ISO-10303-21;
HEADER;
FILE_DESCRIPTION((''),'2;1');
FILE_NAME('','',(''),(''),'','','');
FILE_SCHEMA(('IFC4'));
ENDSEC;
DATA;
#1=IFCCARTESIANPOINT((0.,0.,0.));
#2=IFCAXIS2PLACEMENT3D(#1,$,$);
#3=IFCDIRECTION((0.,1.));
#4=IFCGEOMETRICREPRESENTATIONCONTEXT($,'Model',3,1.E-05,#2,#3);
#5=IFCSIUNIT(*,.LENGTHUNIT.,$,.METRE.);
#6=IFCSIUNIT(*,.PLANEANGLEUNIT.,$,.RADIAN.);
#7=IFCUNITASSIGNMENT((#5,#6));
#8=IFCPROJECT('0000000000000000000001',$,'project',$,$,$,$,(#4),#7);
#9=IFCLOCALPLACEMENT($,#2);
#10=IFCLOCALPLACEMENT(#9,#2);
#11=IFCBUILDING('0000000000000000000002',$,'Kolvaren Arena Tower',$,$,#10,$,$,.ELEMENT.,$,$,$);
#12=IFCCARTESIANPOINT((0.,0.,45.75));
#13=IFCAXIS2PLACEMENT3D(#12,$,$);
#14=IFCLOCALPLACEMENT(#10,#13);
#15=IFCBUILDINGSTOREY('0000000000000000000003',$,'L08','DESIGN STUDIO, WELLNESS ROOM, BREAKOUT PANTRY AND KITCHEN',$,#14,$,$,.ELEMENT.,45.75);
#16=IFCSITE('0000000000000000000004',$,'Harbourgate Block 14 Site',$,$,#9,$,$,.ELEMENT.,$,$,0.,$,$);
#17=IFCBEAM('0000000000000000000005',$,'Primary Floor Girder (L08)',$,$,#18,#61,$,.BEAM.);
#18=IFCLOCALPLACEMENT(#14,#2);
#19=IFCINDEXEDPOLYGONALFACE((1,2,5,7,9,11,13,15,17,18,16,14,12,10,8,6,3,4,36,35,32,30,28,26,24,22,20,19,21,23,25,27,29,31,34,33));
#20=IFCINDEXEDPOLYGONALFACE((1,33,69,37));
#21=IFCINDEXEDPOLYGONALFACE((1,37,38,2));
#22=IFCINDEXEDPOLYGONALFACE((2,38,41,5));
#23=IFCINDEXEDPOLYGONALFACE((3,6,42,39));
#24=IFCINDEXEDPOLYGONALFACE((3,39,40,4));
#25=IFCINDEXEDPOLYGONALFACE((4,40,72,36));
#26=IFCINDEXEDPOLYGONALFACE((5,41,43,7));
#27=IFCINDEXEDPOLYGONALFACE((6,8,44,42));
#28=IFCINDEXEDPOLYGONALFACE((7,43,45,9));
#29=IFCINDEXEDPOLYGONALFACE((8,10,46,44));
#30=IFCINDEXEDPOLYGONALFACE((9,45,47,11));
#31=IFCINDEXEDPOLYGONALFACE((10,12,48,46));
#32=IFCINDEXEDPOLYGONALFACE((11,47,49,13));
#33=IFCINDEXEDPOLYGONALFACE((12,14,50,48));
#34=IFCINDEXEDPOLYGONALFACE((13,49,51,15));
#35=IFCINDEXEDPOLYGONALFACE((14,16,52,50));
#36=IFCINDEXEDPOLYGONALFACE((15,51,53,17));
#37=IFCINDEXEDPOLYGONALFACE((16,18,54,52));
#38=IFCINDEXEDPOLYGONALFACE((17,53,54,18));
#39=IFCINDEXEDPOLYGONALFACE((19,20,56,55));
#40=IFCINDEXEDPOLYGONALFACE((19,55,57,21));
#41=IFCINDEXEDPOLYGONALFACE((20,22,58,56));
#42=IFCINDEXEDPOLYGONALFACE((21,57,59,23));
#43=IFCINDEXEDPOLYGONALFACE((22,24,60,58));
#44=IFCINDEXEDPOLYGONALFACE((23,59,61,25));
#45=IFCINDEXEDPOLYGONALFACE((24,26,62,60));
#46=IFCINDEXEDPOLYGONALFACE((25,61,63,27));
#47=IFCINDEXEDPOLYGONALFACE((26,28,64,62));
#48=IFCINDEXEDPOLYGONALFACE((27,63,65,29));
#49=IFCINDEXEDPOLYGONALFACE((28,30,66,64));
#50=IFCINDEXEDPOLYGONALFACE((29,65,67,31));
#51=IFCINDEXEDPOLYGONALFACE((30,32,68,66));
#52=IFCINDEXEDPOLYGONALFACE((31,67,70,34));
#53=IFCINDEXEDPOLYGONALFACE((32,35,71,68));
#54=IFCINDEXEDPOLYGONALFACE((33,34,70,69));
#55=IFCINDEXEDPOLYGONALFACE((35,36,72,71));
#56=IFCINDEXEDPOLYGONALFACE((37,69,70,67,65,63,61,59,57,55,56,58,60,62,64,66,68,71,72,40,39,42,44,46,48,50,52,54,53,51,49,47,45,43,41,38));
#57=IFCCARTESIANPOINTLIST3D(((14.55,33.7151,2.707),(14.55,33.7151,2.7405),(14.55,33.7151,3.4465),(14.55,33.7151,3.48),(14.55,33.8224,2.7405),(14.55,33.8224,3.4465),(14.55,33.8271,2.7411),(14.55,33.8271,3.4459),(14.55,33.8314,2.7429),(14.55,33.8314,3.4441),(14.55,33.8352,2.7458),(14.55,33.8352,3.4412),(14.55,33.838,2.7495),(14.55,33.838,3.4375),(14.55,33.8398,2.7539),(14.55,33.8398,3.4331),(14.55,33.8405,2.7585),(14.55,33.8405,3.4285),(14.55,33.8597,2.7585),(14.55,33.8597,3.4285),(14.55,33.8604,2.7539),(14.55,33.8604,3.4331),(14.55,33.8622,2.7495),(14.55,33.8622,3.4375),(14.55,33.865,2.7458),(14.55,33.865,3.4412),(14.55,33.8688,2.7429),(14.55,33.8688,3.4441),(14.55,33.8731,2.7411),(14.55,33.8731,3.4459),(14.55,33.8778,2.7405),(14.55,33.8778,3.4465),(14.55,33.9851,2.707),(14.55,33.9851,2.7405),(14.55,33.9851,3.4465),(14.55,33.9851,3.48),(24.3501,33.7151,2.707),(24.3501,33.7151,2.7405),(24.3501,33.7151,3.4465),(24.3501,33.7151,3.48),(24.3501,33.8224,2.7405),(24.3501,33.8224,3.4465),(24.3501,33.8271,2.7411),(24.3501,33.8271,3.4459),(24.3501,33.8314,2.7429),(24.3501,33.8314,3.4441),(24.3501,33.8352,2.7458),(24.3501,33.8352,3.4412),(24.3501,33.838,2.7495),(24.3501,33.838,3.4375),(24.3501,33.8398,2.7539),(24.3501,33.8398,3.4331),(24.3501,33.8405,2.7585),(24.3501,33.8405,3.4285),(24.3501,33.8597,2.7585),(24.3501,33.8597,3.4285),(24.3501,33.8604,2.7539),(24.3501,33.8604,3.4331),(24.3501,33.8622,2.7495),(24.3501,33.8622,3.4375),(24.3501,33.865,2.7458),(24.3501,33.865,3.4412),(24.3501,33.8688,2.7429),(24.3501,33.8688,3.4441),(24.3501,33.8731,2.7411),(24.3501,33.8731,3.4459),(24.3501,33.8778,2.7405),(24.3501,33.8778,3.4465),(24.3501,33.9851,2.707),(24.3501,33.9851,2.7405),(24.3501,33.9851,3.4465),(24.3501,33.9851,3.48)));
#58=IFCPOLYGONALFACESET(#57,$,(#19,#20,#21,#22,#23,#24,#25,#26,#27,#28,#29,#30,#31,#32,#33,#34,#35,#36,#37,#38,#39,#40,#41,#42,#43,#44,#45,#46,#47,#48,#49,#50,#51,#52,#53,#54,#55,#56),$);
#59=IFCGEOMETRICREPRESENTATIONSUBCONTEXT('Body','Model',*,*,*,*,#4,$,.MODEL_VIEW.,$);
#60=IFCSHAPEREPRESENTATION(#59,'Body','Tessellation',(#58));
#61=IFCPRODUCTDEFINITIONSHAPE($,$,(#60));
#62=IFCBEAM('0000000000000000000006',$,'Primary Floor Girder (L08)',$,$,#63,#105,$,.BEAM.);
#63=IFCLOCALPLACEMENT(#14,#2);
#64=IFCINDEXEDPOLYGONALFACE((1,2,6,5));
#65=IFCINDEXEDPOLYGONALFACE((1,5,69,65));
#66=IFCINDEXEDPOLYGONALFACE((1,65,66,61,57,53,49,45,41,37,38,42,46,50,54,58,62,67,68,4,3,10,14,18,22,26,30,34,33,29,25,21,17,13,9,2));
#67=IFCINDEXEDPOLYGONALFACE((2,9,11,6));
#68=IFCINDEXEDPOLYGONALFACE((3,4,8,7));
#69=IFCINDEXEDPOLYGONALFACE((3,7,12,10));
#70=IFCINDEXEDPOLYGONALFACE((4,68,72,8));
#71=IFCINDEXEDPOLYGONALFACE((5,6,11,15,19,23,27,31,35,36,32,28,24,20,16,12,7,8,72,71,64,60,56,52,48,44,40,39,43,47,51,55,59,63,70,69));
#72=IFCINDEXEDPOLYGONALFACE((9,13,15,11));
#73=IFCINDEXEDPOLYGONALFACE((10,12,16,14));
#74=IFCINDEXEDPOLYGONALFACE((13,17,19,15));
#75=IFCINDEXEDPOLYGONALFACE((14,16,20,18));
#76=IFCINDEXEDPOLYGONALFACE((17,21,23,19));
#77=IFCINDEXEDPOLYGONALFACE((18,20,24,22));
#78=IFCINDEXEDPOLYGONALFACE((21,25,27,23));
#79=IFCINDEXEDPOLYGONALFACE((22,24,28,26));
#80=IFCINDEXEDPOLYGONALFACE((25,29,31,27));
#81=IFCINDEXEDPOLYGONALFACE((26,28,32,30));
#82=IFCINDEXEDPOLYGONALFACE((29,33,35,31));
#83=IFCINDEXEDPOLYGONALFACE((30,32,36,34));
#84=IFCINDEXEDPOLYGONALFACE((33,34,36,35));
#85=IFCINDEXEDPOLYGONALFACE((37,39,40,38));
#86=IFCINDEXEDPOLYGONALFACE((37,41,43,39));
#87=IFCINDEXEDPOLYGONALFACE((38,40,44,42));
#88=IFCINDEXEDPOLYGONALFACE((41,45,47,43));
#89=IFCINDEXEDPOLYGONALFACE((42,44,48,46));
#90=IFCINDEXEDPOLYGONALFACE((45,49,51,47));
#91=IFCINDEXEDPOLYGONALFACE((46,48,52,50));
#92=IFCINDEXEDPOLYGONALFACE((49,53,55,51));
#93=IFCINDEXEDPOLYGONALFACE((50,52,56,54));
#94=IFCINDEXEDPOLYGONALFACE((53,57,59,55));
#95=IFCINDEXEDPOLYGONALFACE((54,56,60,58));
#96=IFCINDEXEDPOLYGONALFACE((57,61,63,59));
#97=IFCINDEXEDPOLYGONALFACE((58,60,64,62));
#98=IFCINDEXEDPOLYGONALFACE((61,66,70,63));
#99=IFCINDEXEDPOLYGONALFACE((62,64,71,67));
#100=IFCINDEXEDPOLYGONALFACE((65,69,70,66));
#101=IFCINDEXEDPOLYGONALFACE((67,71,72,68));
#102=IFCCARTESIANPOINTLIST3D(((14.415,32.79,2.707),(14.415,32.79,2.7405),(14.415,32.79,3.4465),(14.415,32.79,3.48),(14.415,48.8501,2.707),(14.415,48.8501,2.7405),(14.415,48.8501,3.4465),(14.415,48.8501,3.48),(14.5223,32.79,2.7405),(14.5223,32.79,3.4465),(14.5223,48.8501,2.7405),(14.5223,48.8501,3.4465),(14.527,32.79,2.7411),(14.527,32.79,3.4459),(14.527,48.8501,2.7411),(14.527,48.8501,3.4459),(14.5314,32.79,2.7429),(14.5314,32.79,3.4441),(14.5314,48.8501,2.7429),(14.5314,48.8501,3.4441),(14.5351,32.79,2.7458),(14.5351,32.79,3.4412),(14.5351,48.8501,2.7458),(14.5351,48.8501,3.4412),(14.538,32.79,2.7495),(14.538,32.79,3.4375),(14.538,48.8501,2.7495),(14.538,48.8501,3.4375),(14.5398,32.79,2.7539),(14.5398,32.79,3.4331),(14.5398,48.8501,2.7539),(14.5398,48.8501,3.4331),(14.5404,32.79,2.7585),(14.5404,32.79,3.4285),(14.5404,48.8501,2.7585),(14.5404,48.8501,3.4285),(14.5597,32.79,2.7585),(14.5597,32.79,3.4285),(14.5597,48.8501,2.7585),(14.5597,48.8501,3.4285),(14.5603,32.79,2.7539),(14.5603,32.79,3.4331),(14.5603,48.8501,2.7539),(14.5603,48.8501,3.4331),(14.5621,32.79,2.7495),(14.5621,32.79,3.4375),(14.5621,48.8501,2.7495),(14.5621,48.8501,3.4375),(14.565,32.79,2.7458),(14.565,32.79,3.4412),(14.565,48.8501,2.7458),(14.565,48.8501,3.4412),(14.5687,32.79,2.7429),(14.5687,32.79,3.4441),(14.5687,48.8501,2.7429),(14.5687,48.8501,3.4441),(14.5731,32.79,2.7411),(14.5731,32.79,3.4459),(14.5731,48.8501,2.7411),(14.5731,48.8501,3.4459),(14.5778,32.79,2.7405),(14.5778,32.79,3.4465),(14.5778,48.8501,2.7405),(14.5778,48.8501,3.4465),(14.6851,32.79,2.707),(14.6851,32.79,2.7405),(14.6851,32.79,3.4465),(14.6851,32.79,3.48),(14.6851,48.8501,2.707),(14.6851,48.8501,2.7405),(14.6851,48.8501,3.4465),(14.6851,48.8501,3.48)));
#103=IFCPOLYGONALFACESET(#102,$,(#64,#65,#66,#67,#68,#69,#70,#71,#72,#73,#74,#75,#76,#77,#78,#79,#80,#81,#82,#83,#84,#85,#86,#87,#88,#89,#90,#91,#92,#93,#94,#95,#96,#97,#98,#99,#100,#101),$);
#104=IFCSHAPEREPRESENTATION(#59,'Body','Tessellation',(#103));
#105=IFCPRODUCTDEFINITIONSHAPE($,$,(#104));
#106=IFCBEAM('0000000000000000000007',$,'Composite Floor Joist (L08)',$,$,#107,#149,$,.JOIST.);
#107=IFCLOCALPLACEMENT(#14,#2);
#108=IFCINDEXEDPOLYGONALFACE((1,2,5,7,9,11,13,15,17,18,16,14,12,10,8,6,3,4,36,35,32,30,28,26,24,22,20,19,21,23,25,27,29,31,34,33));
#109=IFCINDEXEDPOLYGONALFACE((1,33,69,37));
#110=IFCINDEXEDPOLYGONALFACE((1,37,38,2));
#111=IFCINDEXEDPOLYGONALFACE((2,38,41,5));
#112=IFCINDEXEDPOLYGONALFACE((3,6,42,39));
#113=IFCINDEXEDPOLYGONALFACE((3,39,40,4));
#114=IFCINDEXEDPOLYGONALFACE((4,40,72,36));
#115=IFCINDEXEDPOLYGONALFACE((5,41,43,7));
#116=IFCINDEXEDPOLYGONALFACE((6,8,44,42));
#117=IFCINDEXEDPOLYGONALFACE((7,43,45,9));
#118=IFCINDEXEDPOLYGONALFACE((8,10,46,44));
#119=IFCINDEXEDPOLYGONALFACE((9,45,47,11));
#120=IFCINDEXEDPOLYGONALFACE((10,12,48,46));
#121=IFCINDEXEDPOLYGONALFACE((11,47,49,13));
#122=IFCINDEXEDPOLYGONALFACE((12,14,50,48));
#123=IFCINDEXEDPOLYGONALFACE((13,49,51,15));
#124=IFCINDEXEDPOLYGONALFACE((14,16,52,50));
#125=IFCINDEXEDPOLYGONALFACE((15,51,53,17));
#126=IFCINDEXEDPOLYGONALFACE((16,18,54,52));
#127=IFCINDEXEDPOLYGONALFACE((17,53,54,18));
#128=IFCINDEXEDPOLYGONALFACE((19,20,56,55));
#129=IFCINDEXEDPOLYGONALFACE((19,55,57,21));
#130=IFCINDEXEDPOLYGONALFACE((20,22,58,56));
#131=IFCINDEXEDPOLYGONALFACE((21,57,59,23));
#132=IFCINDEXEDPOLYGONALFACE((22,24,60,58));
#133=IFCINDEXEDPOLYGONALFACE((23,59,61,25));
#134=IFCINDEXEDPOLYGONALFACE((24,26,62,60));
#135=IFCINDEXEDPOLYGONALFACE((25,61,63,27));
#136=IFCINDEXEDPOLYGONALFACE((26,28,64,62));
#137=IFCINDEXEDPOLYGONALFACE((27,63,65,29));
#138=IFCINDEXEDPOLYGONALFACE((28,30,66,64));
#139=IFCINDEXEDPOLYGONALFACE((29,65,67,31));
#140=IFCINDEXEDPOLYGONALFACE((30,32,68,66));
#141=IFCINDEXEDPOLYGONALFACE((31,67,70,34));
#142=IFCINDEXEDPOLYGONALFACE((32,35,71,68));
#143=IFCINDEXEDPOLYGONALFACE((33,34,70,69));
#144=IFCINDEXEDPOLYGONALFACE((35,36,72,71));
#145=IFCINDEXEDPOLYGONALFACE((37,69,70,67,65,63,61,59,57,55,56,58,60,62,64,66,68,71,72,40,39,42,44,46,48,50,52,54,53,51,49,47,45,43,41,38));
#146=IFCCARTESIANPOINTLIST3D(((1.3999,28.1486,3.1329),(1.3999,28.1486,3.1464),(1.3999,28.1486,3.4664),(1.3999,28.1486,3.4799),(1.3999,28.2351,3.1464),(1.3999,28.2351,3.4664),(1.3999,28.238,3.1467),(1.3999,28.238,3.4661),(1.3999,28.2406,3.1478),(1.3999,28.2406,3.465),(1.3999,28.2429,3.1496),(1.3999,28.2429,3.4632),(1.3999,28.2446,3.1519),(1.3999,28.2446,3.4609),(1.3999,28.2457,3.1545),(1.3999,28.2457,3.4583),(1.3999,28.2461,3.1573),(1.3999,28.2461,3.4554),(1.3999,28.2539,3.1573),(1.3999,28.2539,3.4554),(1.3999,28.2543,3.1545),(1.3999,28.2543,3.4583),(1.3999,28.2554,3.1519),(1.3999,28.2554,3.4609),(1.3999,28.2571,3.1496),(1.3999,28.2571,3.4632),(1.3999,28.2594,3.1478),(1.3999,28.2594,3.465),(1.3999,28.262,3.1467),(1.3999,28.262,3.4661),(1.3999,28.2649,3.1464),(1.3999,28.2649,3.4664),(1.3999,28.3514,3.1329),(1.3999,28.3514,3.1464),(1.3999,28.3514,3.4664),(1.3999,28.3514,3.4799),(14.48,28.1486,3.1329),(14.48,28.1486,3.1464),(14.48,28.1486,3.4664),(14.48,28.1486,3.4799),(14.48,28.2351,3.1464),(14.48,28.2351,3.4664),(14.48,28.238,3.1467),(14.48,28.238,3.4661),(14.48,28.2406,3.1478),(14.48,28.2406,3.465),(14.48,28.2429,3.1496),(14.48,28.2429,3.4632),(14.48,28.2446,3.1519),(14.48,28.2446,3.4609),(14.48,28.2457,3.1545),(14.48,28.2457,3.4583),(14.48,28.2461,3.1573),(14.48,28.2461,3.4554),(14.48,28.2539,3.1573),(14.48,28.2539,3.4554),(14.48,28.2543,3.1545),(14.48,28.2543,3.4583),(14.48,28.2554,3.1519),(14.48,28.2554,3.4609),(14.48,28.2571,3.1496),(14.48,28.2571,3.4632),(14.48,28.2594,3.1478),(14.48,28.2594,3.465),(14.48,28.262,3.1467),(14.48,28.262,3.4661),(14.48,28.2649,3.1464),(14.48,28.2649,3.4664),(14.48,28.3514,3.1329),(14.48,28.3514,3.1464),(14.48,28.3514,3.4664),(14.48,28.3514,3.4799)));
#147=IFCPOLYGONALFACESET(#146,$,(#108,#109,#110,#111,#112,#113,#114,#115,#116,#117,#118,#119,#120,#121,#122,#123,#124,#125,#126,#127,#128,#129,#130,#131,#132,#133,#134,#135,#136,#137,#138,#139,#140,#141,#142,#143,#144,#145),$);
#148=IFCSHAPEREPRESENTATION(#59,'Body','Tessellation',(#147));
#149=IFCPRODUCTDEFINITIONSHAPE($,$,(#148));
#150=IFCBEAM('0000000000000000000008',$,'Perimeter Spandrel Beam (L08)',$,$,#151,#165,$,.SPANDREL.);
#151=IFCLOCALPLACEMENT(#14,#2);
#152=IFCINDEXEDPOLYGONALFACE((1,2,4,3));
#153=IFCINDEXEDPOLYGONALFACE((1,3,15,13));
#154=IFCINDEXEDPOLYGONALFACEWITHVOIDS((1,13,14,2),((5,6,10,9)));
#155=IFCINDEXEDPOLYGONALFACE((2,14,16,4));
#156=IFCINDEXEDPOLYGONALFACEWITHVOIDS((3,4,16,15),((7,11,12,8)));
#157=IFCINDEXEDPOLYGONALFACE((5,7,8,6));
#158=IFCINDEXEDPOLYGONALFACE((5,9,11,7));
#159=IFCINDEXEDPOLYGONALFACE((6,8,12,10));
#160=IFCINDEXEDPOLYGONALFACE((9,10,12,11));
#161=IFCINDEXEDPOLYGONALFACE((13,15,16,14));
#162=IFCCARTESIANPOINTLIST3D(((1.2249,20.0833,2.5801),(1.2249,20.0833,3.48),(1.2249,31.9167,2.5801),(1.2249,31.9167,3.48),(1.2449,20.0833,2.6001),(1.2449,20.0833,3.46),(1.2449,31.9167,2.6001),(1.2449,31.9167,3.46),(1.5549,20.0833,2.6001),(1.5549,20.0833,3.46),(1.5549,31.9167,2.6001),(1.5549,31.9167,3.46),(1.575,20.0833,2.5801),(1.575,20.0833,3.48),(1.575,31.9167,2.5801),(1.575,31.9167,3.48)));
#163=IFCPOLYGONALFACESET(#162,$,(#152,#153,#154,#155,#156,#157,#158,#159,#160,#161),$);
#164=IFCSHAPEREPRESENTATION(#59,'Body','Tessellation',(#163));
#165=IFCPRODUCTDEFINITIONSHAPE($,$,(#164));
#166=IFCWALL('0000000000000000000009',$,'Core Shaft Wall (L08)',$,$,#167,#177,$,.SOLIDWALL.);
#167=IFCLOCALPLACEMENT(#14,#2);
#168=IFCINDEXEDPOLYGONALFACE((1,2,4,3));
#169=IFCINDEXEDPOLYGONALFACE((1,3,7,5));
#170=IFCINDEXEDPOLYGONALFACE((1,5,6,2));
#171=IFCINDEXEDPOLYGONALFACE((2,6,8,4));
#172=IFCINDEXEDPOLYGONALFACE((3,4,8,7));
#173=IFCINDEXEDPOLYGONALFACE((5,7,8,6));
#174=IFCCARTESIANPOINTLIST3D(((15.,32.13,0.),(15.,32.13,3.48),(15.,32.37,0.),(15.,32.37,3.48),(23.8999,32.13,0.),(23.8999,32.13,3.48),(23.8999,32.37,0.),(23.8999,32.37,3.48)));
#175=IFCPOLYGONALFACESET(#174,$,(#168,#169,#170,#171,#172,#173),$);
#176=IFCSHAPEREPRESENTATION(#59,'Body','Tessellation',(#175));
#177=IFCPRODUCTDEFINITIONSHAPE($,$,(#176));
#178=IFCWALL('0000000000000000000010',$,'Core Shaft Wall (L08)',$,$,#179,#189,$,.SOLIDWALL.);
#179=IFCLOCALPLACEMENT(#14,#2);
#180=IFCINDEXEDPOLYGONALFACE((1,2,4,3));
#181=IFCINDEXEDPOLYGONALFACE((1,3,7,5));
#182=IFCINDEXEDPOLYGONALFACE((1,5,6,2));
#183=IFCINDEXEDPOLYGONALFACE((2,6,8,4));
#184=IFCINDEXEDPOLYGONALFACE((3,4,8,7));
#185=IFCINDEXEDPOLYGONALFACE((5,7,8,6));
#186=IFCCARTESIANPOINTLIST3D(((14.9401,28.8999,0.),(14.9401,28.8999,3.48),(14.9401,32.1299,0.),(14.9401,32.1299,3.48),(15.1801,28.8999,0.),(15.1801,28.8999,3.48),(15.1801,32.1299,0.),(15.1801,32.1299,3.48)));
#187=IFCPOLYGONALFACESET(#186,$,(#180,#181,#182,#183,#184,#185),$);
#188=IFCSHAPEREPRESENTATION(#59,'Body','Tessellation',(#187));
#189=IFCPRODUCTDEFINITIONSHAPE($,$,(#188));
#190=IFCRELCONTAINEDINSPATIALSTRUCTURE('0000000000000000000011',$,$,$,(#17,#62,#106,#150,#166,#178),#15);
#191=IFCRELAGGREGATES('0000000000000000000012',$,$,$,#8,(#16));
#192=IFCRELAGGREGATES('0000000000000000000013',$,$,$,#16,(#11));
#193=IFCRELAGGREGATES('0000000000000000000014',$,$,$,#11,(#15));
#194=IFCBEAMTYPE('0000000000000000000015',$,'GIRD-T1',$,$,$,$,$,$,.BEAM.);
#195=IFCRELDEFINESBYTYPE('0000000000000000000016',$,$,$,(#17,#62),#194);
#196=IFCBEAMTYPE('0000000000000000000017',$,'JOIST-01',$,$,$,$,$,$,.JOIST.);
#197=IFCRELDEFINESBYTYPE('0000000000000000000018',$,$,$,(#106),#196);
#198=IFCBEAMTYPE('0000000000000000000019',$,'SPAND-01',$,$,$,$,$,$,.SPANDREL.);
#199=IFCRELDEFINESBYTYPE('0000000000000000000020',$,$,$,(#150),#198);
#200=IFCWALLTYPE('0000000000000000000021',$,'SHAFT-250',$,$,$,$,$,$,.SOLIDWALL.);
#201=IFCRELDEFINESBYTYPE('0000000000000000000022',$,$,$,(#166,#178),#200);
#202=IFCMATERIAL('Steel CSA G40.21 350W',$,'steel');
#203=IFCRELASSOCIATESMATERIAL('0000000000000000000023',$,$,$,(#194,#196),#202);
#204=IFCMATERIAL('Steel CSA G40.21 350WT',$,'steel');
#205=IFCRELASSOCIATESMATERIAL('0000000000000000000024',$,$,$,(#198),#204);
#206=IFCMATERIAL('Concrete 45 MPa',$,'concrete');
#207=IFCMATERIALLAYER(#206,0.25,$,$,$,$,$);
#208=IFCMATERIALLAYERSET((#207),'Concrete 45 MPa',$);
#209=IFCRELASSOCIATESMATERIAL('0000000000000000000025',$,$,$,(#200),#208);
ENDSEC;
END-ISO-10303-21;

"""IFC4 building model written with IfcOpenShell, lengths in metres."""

from ifc_helpers import new_model, si_unit, direction, frame, frame_2d, origin, origin_2d, place, context, subcontext, project, spatial, rectangle, hollow_rectangle, i_section, extrude, material, layer, layer_set, material_profile, profile_set, type_object, element, save


model = new_model("IFC4")

# Units and contexts
model_context = context("Model", 3, precision=1e-05, world=origin(), true_north=direction((0.0, 1.0)))
body_context = subcontext(model_context, "Body", "Model", "MODEL_VIEW")
ifc_project = project(units=[si_unit("LENGTHUNIT", "METRE"), si_unit("PLANEANGLEUNIT", "RADIAN")], contexts=[model_context])

# Site, building, storey
site_placement = place(None, origin())
site = spatial("IfcSite", under=ifc_project, at=site_placement, Name="Harbourgate Block 14 Site", CompositionType="ELEMENT", RefElevation=0.0)
building_placement = place(site_placement, origin())
building = spatial("IfcBuilding", under=site, at=building_placement, Name="Kolvaren Arena Tower", CompositionType="ELEMENT")
storey_placement = place(building_placement, frame((0.0, 0.0, 45.75)))
storey = spatial("IfcBuildingStorey", under=building, at=storey_placement, Name="L08", Description="DESIGN STUDIO, WELLNESS ROOM, BREAKOUT PANTRY AND KITCHEN", CompositionType="ELEMENT", Elevation=45.75)

# Beams
ifc_material_1 = material(Name="Steel CSA G40.21 350W", Category="steel")
ifc_material_profile_1 = material_profile(ifc_material_1, i_section(OverallWidth=0.27, OverallDepth=0.7729, WebThickness=0.0193, FlangeThickness=0.0334, FilletRadius=0.0181, at=origin_2d()), Name="W760x257")
ifc_profile_set_1 = profile_set([ifc_material_profile_1], Name="Steel CSA G40.21 350W")
beam_type_1 = type_object("IfcBeamType", Name="GIRD-T1", PredefinedType="BEAM", material=ifc_profile_set_1)
beam_1_placement = place(storey_placement, frame((14.55, 33.8501, 3.0935), z_axis=(1.0, 0.0, 0.0), x_axis=(0.0, 1.0, 0.0)))
element("IfcBeam", 1, at=beam_1_placement, inside=storey, type_object=beam_type_1, Name="Primary Floor Girder (L08)", PredefinedType="BEAM", context=body_context, shape_type="SweptSolid", body=[
    extrude(i_section(OverallWidth=0.27, OverallDepth=0.7729, WebThickness=0.0193, FlangeThickness=0.0334, FilletRadius=0.0181, at=origin_2d()), origin(), (0.0, 0.0, 1.0), 9.8),
])
beam_2_placement = place(storey_placement, frame((14.55, 32.79, 3.0935), z_axis=(0.0, 1.0, 0.0), x_axis=(-1.0, 0.0, 0.0)))
element("IfcBeam", 2, at=beam_2_placement, inside=storey, type_object=beam_type_1, Name="Primary Floor Girder (L08)", PredefinedType="BEAM", context=body_context, shape_type="SweptSolid", body=[
    extrude(i_section(OverallWidth=0.27, OverallDepth=0.7729, WebThickness=0.0193, FlangeThickness=0.0334, FilletRadius=0.0181, at=origin_2d()), origin(), (0.0, 0.0, 1.0), 16.0601),
])
ifc_material_profile_2 = material_profile(ifc_material_1, i_section(OverallWidth=0.2029, OverallDepth=0.3469, WebThickness=0.0078, FlangeThickness=0.0134, FilletRadius=0.011, at=origin_2d()), Name="W360x64")
ifc_profile_set_2 = profile_set([ifc_material_profile_2], Name="Steel CSA G40.21 350W")
beam_type_2 = type_object("IfcBeamType", Name="JOIST-01", PredefinedType="JOIST", material=ifc_profile_set_2)
beam_3_placement = place(storey_placement, frame((1.3999, 28.25, 3.3064), z_axis=(1.0, 0.0, 0.0), x_axis=(0.0, 1.0, 0.0)))
element("IfcBeam", 3, at=beam_3_placement, inside=storey, type_object=beam_type_2, Name="Composite Floor Joist (L08)", PredefinedType="JOIST", context=body_context, shape_type="SweptSolid", body=[
    extrude(i_section(OverallWidth=0.2029, OverallDepth=0.3469, WebThickness=0.0078, FlangeThickness=0.0134, FilletRadius=0.011, at=origin_2d()), origin(), (0.0, 0.0, 1.0), 13.0801),
])
ifc_material_2 = material(Name="Steel CSA G40.21 350WT", Category="steel")
ifc_material_profile_3 = material_profile(ifc_material_2, hollow_rectangle(XDim=0.3501, YDim=0.8999, WallThickness=0.02, at=origin_2d()), Name="HSS 900x350x20")
ifc_profile_set_3 = profile_set([ifc_material_profile_3], Name="Steel CSA G40.21 350WT")
beam_type_3 = type_object("IfcBeamType", Name="SPAND-01", PredefinedType="SPANDREL", material=ifc_profile_set_3)
beam_4_placement = place(storey_placement, frame((1.3999, 31.9167, 3.03), z_axis=(0.0, -1.0, 0.0), x_axis=(1.0, 0.0, 0.0)))
element("IfcBeam", 4, at=beam_4_placement, inside=storey, type_object=beam_type_3, Name="Perimeter Spandrel Beam (L08)", PredefinedType="SPANDREL", context=body_context, shape_type="SweptSolid", body=[
    extrude(hollow_rectangle(XDim=0.3501, YDim=0.8999, WallThickness=0.02, at=origin_2d()), origin(), (0.0, 0.0, 1.0), 11.8335),
])

# Walls
ifc_material_3 = material(Name="Concrete 45 MPa", Category="concrete")
ifc_layer = layer(ifc_material_3, 0.25)
ifc_layer_set = layer_set([ifc_layer], Name="Concrete 45 MPa")
wall_type = type_object("IfcWallType", Name="SHAFT-250", PredefinedType="SOLIDWALL", material=ifc_layer_set)
wall_1_placement = place(storey_placement, frame((15.0, 32.25, 0.0), z_axis=(0.0, 0.0, 1.0), x_axis=(1.0, 0.0, 0.0)))
element("IfcWall", 5, at=wall_1_placement, inside=storey, type_object=wall_type, Name="Core Shaft Wall (L08)", PredefinedType="SOLIDWALL", context=body_context, shape_type="SweptSolid", body=[
    extrude(rectangle(XDim=8.8999, YDim=0.24, at=frame_2d((4.45, 0.0))), origin(), (0.0, 0.0, 1.0), 3.48),
])
wall_2_placement = place(storey_placement, frame((15.0601, 28.8999, 0.0), z_axis=(0.0, 0.0, 1.0), x_axis=(0.0, 1.0, 0.0)))
element("IfcWall", 6, at=wall_2_placement, inside=storey, type_object=wall_type, Name="Core Shaft Wall (L08)", PredefinedType="SOLIDWALL", context=body_context, shape_type="SweptSolid", body=[
    extrude(rectangle(XDim=3.23, YDim=0.24, at=frame_2d((1.615, 0.0))), origin(), (0.0, 0.0, 1.0), 3.48),
])

save(model, "model.ifc")
